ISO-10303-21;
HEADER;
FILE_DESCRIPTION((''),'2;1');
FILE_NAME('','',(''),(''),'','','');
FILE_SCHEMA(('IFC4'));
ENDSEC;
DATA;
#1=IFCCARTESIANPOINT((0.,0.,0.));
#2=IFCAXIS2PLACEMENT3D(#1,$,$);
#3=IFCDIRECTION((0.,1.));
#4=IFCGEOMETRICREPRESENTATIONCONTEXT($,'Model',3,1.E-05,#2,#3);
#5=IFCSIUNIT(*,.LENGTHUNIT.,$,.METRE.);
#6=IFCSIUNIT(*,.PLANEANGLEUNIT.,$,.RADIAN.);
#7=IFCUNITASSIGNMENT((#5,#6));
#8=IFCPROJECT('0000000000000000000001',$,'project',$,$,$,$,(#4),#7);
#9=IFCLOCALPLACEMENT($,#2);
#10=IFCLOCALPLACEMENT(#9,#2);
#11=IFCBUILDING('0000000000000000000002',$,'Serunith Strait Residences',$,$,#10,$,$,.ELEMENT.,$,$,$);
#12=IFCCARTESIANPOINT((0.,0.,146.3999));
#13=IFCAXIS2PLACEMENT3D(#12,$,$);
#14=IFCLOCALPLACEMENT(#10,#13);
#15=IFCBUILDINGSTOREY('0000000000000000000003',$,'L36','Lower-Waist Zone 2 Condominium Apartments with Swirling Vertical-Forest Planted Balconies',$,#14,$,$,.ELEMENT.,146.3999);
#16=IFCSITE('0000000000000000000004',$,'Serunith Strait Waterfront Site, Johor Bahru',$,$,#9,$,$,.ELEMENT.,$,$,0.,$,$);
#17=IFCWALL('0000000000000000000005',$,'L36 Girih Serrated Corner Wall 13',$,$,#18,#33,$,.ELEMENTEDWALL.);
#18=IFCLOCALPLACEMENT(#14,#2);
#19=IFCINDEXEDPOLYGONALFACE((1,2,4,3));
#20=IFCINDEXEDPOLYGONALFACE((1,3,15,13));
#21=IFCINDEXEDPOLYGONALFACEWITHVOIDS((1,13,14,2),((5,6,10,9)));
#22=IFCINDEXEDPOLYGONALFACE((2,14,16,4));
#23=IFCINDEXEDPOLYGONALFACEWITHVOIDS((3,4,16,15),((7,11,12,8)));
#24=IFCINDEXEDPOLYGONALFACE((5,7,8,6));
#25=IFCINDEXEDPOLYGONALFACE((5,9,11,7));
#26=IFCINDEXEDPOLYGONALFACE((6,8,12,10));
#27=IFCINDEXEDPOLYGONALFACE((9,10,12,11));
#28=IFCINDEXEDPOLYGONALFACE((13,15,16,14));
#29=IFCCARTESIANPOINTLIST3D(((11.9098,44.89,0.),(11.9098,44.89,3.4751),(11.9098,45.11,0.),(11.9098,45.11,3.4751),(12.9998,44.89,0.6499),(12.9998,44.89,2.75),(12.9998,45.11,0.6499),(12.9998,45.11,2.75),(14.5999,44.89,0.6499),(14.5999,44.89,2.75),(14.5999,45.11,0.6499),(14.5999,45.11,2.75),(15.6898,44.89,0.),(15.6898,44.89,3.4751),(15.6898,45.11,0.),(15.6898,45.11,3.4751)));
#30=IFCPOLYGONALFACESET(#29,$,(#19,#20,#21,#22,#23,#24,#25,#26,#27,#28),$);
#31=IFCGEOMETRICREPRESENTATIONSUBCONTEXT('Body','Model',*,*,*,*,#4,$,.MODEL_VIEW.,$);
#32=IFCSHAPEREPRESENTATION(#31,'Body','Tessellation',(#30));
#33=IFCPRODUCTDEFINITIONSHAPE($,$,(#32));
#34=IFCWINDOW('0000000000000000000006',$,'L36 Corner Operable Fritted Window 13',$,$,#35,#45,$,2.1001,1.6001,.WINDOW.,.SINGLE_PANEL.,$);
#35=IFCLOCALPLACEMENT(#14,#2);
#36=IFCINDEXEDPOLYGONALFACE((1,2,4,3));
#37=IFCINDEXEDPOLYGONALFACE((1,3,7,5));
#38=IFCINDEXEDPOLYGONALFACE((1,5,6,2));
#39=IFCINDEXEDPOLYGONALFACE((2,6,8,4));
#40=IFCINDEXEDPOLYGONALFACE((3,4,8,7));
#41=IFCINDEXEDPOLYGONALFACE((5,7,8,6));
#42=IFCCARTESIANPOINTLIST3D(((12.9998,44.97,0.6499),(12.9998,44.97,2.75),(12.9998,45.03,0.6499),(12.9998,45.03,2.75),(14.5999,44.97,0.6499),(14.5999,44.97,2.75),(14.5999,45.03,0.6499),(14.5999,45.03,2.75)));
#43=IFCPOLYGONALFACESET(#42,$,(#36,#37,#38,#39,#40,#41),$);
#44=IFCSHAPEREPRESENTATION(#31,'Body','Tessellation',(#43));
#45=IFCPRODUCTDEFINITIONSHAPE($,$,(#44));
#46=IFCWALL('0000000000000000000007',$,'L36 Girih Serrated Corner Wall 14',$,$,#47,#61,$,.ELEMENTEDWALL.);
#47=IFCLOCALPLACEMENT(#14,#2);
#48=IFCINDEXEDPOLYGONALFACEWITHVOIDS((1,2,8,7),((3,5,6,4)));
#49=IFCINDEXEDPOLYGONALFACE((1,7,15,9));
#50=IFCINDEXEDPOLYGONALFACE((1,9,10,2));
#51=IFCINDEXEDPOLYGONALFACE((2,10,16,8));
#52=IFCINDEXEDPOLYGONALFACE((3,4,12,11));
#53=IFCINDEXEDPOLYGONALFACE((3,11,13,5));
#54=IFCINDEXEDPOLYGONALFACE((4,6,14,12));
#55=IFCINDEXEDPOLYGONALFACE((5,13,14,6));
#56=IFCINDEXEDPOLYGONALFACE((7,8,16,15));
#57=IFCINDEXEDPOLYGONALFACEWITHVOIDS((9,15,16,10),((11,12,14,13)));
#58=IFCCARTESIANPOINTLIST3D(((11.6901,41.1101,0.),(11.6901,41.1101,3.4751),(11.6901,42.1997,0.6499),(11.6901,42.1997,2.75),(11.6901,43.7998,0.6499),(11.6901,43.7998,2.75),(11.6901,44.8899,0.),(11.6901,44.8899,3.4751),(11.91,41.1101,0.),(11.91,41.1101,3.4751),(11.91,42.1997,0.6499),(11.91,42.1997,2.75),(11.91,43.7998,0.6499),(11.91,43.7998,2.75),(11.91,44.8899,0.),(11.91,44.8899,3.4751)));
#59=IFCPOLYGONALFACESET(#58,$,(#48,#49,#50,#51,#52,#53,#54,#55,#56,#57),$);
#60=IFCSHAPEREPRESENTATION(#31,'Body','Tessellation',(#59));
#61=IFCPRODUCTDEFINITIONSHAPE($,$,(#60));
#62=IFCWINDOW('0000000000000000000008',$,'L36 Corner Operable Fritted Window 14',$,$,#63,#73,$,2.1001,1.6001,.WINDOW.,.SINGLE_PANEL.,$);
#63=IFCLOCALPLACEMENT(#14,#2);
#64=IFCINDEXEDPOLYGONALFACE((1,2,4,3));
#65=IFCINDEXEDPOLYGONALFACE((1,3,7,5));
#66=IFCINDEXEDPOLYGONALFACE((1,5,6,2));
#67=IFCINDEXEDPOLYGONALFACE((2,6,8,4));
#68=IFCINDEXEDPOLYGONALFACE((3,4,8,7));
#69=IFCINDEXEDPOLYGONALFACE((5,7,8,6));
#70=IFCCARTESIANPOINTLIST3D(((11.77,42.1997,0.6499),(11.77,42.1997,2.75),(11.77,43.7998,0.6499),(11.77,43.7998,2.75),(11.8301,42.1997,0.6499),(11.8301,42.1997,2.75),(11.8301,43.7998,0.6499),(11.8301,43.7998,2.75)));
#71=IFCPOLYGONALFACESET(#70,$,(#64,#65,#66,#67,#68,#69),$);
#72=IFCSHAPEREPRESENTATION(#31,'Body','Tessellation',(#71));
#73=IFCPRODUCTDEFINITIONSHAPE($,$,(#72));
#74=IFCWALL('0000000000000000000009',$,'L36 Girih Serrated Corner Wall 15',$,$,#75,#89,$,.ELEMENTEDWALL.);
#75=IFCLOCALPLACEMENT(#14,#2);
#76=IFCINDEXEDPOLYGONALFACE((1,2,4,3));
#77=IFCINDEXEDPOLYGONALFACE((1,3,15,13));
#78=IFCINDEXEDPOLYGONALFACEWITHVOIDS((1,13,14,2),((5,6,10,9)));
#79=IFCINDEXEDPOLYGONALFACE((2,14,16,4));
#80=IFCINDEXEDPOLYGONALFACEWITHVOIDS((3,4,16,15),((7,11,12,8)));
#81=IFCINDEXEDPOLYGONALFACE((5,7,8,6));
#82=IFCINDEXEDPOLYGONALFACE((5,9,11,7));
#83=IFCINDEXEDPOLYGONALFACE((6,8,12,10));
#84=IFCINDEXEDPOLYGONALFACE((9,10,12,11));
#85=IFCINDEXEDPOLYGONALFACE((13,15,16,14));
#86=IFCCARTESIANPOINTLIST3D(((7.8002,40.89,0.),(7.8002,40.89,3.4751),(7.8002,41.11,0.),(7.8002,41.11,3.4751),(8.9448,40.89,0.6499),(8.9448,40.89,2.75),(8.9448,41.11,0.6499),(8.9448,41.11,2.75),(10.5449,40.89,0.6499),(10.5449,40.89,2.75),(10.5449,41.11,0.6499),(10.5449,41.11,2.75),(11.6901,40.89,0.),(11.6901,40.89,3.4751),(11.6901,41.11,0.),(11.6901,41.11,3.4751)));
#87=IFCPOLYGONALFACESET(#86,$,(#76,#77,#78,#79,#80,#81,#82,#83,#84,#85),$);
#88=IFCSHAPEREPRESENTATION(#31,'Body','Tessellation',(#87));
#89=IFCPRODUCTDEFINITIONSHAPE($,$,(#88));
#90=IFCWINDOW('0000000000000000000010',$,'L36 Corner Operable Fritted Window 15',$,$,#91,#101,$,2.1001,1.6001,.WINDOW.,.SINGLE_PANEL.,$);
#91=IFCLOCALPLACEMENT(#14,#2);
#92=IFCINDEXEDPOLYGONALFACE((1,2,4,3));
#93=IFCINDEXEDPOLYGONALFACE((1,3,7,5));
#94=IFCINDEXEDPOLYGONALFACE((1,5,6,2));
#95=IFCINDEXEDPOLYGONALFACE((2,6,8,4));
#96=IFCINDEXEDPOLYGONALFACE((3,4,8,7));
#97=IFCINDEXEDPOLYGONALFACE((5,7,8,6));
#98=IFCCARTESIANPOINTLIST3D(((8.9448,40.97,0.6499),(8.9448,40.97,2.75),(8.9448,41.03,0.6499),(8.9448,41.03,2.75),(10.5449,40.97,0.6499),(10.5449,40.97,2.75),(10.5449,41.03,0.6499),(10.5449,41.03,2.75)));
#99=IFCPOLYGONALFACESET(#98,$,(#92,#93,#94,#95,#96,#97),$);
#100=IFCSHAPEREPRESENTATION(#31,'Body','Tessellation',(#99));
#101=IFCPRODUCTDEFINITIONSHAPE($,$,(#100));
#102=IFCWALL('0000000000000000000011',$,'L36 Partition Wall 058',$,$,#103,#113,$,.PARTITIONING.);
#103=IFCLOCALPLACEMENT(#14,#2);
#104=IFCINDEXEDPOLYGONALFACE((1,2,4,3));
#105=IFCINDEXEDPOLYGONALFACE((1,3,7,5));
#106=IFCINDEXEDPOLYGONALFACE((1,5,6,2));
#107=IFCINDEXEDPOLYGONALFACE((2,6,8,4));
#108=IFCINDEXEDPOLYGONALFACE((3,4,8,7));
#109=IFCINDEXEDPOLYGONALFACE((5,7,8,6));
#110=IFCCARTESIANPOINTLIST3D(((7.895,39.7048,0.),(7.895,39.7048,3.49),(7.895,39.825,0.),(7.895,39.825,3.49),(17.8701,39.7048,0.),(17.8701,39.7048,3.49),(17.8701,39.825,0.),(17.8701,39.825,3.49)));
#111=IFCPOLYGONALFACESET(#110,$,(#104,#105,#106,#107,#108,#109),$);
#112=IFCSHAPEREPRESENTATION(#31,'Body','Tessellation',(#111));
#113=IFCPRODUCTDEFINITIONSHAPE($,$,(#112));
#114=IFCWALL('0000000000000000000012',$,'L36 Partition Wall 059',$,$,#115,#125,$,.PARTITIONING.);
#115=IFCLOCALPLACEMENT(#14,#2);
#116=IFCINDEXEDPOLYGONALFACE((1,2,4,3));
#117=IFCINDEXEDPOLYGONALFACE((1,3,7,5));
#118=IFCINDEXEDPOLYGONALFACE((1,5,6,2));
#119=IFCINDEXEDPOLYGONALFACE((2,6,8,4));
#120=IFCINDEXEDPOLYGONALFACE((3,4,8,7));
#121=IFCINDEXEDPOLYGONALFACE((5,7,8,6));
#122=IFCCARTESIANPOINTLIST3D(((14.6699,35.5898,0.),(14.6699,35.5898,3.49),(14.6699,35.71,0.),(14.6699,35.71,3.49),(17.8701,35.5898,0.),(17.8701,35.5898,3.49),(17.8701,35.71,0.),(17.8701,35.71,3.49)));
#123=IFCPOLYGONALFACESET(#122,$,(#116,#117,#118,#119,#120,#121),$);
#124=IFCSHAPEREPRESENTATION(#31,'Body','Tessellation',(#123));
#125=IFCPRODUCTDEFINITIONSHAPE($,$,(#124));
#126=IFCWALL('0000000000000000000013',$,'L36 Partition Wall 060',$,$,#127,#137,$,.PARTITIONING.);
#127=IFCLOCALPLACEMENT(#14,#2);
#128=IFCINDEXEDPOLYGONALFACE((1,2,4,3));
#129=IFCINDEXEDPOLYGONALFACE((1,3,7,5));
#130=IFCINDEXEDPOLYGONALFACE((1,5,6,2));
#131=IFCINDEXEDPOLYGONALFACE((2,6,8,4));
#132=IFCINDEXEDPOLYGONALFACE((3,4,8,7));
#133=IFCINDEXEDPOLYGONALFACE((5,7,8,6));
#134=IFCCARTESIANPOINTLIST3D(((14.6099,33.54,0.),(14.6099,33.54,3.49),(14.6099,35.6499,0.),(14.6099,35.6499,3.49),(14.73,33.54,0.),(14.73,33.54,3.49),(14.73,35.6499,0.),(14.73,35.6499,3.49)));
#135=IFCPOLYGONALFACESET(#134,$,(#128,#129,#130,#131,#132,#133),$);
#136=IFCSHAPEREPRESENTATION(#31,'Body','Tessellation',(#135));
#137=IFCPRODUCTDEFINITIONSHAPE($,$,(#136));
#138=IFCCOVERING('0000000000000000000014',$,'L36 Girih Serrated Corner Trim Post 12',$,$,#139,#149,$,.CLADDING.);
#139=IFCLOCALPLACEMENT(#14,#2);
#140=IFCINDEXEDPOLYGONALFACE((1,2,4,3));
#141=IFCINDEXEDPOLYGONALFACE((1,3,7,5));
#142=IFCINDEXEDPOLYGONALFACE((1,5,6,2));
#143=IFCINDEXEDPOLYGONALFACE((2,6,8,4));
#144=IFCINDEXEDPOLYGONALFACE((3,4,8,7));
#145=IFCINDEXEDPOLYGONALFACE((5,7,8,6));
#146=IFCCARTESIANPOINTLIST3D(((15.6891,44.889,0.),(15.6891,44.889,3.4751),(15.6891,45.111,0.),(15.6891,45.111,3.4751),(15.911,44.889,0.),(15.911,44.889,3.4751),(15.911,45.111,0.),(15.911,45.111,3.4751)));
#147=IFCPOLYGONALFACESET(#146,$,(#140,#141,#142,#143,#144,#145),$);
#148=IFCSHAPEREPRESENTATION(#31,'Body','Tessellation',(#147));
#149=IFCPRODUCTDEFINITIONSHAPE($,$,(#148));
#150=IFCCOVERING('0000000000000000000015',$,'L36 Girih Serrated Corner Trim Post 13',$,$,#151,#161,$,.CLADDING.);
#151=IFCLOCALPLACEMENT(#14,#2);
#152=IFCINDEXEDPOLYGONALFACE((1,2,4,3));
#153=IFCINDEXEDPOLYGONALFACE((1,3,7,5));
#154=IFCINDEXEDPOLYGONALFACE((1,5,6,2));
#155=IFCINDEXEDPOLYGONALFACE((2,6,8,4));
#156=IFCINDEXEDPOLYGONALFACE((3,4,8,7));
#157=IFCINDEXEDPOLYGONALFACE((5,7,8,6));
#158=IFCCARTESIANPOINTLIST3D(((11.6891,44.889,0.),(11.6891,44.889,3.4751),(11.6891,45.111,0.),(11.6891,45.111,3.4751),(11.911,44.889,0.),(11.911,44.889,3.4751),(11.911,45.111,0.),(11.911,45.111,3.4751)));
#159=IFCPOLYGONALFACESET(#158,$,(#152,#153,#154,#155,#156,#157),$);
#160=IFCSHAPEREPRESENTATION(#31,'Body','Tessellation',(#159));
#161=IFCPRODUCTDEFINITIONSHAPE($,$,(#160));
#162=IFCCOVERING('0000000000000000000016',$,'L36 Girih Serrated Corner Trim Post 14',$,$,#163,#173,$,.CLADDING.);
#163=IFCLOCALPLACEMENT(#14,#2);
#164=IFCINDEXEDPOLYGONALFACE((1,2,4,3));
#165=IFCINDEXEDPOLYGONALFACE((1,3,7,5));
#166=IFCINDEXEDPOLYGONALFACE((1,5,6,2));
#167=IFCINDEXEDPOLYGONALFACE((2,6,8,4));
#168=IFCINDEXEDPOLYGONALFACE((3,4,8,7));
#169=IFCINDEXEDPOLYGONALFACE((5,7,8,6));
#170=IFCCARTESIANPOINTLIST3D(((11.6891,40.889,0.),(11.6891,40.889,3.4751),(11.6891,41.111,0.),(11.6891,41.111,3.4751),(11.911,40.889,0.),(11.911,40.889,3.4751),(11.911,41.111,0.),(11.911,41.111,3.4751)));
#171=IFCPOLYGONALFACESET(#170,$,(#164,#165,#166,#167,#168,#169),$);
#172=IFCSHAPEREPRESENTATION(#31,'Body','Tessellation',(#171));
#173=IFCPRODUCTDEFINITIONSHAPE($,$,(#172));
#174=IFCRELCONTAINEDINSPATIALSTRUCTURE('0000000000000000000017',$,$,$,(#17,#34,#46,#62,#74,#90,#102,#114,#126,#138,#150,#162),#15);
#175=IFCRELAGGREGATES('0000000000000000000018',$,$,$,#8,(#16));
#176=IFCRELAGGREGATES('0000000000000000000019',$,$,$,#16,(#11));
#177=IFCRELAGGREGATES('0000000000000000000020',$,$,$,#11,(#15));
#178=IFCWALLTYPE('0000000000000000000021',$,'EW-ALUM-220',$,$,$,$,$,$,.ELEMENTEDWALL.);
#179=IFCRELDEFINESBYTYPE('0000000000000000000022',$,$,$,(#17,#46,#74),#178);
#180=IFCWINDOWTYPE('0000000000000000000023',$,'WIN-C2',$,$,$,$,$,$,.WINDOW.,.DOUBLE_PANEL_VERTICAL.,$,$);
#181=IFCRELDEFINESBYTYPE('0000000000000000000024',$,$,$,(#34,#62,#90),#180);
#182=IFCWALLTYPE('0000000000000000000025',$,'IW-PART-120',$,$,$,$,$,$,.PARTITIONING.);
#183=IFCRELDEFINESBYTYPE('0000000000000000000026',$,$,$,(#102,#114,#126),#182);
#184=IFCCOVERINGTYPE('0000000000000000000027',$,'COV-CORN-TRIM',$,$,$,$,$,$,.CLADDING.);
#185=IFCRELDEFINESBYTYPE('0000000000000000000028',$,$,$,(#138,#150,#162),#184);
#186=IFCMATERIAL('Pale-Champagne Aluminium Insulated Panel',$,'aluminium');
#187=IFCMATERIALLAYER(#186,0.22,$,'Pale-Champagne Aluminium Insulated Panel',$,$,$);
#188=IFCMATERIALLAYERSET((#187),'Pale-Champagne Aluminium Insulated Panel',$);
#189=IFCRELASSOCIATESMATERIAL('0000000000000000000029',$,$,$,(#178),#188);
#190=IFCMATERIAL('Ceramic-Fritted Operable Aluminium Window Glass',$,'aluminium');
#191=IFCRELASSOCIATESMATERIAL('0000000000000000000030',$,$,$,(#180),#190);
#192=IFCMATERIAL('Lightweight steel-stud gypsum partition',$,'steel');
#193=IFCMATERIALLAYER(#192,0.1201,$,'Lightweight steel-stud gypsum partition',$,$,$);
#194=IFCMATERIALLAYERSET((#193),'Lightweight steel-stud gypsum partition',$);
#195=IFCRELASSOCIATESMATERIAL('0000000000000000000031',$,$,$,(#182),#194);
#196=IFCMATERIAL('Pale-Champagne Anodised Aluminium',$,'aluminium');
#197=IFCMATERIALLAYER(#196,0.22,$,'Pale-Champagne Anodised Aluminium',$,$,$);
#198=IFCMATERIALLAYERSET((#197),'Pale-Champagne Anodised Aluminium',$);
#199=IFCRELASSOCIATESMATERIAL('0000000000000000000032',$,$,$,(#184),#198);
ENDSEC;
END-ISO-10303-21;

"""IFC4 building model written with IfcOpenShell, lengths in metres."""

from ifc_helpers import new_model, si_unit, direction, frame, frame_2d, origin, origin_2d, place, context, subcontext, project, spatial, rectangle, extrude, source, transform, mapped, material, layer, layer_set, type_object, element, fill, save


model = new_model("IFC4")

# Units and contexts
model_context = context("Model", 3, precision=1e-05, world=origin(), true_north=direction((0.0, 1.0)))
body_context = subcontext(model_context, "Body", "Model", "MODEL_VIEW")
ifc_project = project(units=[si_unit("LENGTHUNIT", "METRE"), si_unit("PLANEANGLEUNIT", "RADIAN")], contexts=[model_context])

# Site, building, storey
site_placement = place(None, origin())
site = spatial("IfcSite", under=ifc_project, at=site_placement, Name="Serunith Strait Waterfront Site, Johor Bahru", CompositionType="ELEMENT", RefElevation=0.0)
building_placement = place(site_placement, origin())
building = spatial("IfcBuilding", under=site, at=building_placement, Name="Serunith Strait Residences", CompositionType="ELEMENT")
storey_placement = place(building_placement, frame((0.0, 0.0, 146.3999)))
storey = spatial("IfcBuildingStorey", under=building, at=storey_placement, Name="L36", Description="Lower-Waist Zone 2 Condominium Apartments with Swirling Vertical-Forest Planted Balconies", CompositionType="ELEMENT", Elevation=146.3999)

# Shared definitions
ifc_material_1 = material(Name="Pale-Champagne Anodised Aluminium", Category="aluminium")

# Walls, openings, windows
ifc_material_2 = material(Name="Pale-Champagne Aluminium Insulated Panel", Category="aluminium")
ifc_layer_1 = layer(ifc_material_2, 0.22, Name="Pale-Champagne Aluminium Insulated Panel")
ifc_layer_set_1 = layer_set([ifc_layer_1], Name="Pale-Champagne Aluminium Insulated Panel")
wall_type_1 = type_object("IfcWallType", Name="EW-ALUM-220", PredefinedType="ELEMENTEDWALL", material=ifc_layer_set_1)
ifc_material_3 = material(Name="Ceramic-Fritted Operable Aluminium Window Glass", Category="aluminium")
window_type = type_object("IfcWindowType", Name="WIN-C2", PartitioningType="DOUBLE_PANEL_VERTICAL", PredefinedType="WINDOW", material=ifc_material_3)
shared_shape_1 = source(origin(), body_context, "Body", "SweptSolid", [
    extrude(rectangle(XDim=1.6001, YDim=2.1001, at=frame_2d((0.8, 1.05))), frame((0.0, 0.03, 0.0), z_axis=(0.0, -1.0, 0.0), x_axis=(1.0, 0.0, 0.0)), (0.0, 0.0, 1.0), 0.0601),
])
wall_1_placement = place(storey_placement, frame((15.6899, 45.0, 0.0), z_axis=(0.0, 0.0, 1.0), x_axis=(-1.0, 0.0, 0.0)))
wall_1 = element("IfcWall", 1, at=wall_1_placement, inside=storey, type_object=wall_type_1, Name="L36 Girih Serrated Corner Wall 13", PredefinedType="ELEMENTEDWALL", context=body_context, shape_type="SweptSolid", body=[
    extrude(rectangle(XDim=3.78, YDim=0.22, at=frame_2d((1.8901, 0.0))), origin(), (0.0, 0.0, 1.0), 3.4751),
])
opening_1_placement = place(wall_1_placement, frame((1.0901, 0.0, 0.6499)))
opening_1 = element("IfcOpeningElement", 2, at=opening_1_placement, cuts=wall_1, PredefinedType="OPENING", context=body_context, shape_type="SweptSolid", body=[
    extrude(rectangle(XDim=1.6001, YDim=2.1001, at=frame_2d((0.8, 1.05))), frame((0.0, 0.1201, 0.0), z_axis=(0.0, -1.0, 0.0), x_axis=(1.0, 0.0, 0.0)), (0.0, 0.0, 1.0), 0.24),
])
window_1_placement = place(opening_1_placement, origin())
window_1 = element("IfcWindow", 3, at=window_1_placement, inside=storey, type_object=window_type, Name="L36 Corner Operable Fritted Window 13", OverallHeight=2.1001, OverallWidth=1.6001, PartitioningType="SINGLE_PANEL", PredefinedType="WINDOW", context=body_context, shape_type="MappedRepresentation", body=[
    mapped(shared_shape_1, transform((0.0, 0.0, 0.0), scale=1.0)),
])
fill(opening_1, window_1)
wall_2_placement = place(storey_placement, frame((11.8, 44.8899, 0.0), z_axis=(0.0, 0.0, 1.0), x_axis=(0.0, -1.0, 0.0)))
wall_2 = element("IfcWall", 4, at=wall_2_placement, inside=storey, type_object=wall_type_1, Name="L36 Girih Serrated Corner Wall 14", PredefinedType="ELEMENTEDWALL", context=body_context, shape_type="SweptSolid", body=[
    extrude(rectangle(XDim=3.7798, YDim=0.22, at=frame_2d((1.8899, 0.0))), origin(), (0.0, 0.0, 1.0), 3.4751),
])
opening_2_placement = place(wall_2_placement, frame((1.0901, 0.0, 0.6499)))
opening_2 = element("IfcOpeningElement", 5, at=opening_2_placement, cuts=wall_2, PredefinedType="OPENING", context=body_context, shape_type="SweptSolid", body=[
    extrude(rectangle(XDim=1.6001, YDim=2.1001, at=frame_2d((0.8, 1.05))), frame((0.0, 0.1201, 0.0), z_axis=(0.0, -1.0, 0.0), x_axis=(1.0, 0.0, 0.0)), (0.0, 0.0, 1.0), 0.24),
])
window_2_placement = place(opening_2_placement, origin())
window_2 = element("IfcWindow", 6, at=window_2_placement, inside=storey, type_object=window_type, Name="L36 Corner Operable Fritted Window 14", OverallHeight=2.1001, OverallWidth=1.6001, PartitioningType="SINGLE_PANEL", PredefinedType="WINDOW", context=body_context, shape_type="MappedRepresentation", body=[
    mapped(shared_shape_1, transform((0.0, 0.0, 0.0), scale=1.0)),
])
fill(opening_2, window_2)
wall_3_placement = place(storey_placement, frame((11.6899, 41.0, 0.0), z_axis=(0.0, 0.0, 1.0), x_axis=(-1.0, 0.0, 0.0)))
wall_3 = element("IfcWall", 7, at=wall_3_placement, inside=storey, type_object=wall_type_1, Name="L36 Girih Serrated Corner Wall 15", PredefinedType="ELEMENTEDWALL", context=body_context, shape_type="SweptSolid", body=[
    extrude(rectangle(XDim=3.8899, YDim=0.22, at=frame_2d((1.9448, 0.0))), origin(), (0.0, 0.0, 1.0), 3.4751),
])
opening_3_placement = place(wall_3_placement, frame((1.145, 0.0, 0.6499)))
opening_3 = element("IfcOpeningElement", 8, at=opening_3_placement, cuts=wall_3, PredefinedType="OPENING", context=body_context, shape_type="SweptSolid", body=[
    extrude(rectangle(XDim=1.6001, YDim=2.1001, at=frame_2d((0.8, 1.05))), frame((0.0, 0.1201, 0.0), z_axis=(0.0, -1.0, 0.0), x_axis=(1.0, 0.0, 0.0)), (0.0, 0.0, 1.0), 0.24),
])
window_3_placement = place(opening_3_placement, origin())
window_3 = element("IfcWindow", 9, at=window_3_placement, inside=storey, type_object=window_type, Name="L36 Corner Operable Fritted Window 15", OverallHeight=2.1001, OverallWidth=1.6001, PartitioningType="SINGLE_PANEL", PredefinedType="WINDOW", context=body_context, shape_type="MappedRepresentation", body=[
    mapped(shared_shape_1, transform((0.0, 0.0, 0.0), scale=1.0)),
])
fill(opening_3, window_3)

# Walls
ifc_material_4 = material(Name="Lightweight steel-stud gypsum partition", Category="steel")
ifc_layer_2 = layer(ifc_material_4, 0.1201, Name="Lightweight steel-stud gypsum partition")
ifc_layer_set_2 = layer_set([ifc_layer_2], Name="Lightweight steel-stud gypsum partition")
wall_type_2 = type_object("IfcWallType", Name="IW-PART-120", PredefinedType="PARTITIONING", material=ifc_layer_set_2)
wall_4_placement = place(storey_placement, frame((7.895, 39.7649, 0.0), z_axis=(0.0, 0.0, 1.0), x_axis=(1.0, 0.0, 0.0)))
element("IfcWall", 10, at=wall_4_placement, inside=storey, type_object=wall_type_2, Name="L36 Partition Wall 058", PredefinedType="PARTITIONING", context=body_context, shape_type="SweptSolid", body=[
    extrude(rectangle(XDim=9.9751, YDim=0.1201, at=frame_2d((4.9875, 0.0))), origin(), (0.0, 0.0, 1.0), 3.49),
])
wall_5_placement = place(storey_placement, frame((14.6699, 35.6499, 0.0), z_axis=(0.0, 0.0, 1.0), x_axis=(1.0, 0.0, 0.0)))
element("IfcWall", 11, at=wall_5_placement, inside=storey, type_object=wall_type_2, Name="L36 Partition Wall 059", PredefinedType="PARTITIONING", context=body_context, shape_type="SweptSolid", body=[
    extrude(rectangle(XDim=3.2002, YDim=0.1201, at=frame_2d((1.6001, 0.0))), origin(), (0.0, 0.0, 1.0), 3.49),
])
wall_6_placement = place(storey_placement, frame((14.6699, 35.6499, 0.0), z_axis=(0.0, 0.0, 1.0), x_axis=(0.0, -1.0, 0.0)))
element("IfcWall", 12, at=wall_6_placement, inside=storey, type_object=wall_type_2, Name="L36 Partition Wall 060", PredefinedType="PARTITIONING", context=body_context, shape_type="SweptSolid", body=[
    extrude(rectangle(XDim=2.1099, YDim=0.1201, at=frame_2d((1.0549, 0.0))), origin(), (0.0, 0.0, 1.0), 3.49),
])

# Coverings
ifc_layer_3 = layer(ifc_material_1, 0.22, Name="Pale-Champagne Anodised Aluminium")
ifc_layer_set_3 = layer_set([ifc_layer_3], Name="Pale-Champagne Anodised Aluminium")
covering_type = type_object("IfcCoveringType", Name="COV-CORN-TRIM", PredefinedType="CLADDING", material=ifc_layer_set_3)
shared_shape_2 = source(origin(), body_context, "Body", "SweptSolid", [
    extrude(rectangle(XDim=0.2219, YDim=0.2219, at=origin_2d()), origin(), (0.0, 0.0, 1.0), 3.4751),
])
for number, where, z_axis, x_axis, name in (
    (13, (15.8, 45.0, 0.0), (0.0, 0.0, 1.0), (1.0, 0.0, 0.0), "L36 Girih Serrated Corner Trim Post 12"),
    (14, (11.8, 45.0, 0.0), (0.0, 0.0, 1.0), (1.0, 0.0, 0.0), "L36 Girih Serrated Corner Trim Post 13"),
    (15, (11.8, 41.0, 0.0), (0.0, 0.0, 1.0), (1.0, 0.0, 0.0), "L36 Girih Serrated Corner Trim Post 14"),
):
    element("IfcCovering", number, at=place(storey_placement, frame(where, z_axis=z_axis, x_axis=x_axis)), inside=storey, type_object=covering_type, Name=name, PredefinedType="CLADDING", context=body_context, shape_type="MappedRepresentation", body=[
        mapped(shared_shape_2, transform((0.0, 0.0, 0.0), scale=1.0)),
    ])

save(model, "model.ifc")
